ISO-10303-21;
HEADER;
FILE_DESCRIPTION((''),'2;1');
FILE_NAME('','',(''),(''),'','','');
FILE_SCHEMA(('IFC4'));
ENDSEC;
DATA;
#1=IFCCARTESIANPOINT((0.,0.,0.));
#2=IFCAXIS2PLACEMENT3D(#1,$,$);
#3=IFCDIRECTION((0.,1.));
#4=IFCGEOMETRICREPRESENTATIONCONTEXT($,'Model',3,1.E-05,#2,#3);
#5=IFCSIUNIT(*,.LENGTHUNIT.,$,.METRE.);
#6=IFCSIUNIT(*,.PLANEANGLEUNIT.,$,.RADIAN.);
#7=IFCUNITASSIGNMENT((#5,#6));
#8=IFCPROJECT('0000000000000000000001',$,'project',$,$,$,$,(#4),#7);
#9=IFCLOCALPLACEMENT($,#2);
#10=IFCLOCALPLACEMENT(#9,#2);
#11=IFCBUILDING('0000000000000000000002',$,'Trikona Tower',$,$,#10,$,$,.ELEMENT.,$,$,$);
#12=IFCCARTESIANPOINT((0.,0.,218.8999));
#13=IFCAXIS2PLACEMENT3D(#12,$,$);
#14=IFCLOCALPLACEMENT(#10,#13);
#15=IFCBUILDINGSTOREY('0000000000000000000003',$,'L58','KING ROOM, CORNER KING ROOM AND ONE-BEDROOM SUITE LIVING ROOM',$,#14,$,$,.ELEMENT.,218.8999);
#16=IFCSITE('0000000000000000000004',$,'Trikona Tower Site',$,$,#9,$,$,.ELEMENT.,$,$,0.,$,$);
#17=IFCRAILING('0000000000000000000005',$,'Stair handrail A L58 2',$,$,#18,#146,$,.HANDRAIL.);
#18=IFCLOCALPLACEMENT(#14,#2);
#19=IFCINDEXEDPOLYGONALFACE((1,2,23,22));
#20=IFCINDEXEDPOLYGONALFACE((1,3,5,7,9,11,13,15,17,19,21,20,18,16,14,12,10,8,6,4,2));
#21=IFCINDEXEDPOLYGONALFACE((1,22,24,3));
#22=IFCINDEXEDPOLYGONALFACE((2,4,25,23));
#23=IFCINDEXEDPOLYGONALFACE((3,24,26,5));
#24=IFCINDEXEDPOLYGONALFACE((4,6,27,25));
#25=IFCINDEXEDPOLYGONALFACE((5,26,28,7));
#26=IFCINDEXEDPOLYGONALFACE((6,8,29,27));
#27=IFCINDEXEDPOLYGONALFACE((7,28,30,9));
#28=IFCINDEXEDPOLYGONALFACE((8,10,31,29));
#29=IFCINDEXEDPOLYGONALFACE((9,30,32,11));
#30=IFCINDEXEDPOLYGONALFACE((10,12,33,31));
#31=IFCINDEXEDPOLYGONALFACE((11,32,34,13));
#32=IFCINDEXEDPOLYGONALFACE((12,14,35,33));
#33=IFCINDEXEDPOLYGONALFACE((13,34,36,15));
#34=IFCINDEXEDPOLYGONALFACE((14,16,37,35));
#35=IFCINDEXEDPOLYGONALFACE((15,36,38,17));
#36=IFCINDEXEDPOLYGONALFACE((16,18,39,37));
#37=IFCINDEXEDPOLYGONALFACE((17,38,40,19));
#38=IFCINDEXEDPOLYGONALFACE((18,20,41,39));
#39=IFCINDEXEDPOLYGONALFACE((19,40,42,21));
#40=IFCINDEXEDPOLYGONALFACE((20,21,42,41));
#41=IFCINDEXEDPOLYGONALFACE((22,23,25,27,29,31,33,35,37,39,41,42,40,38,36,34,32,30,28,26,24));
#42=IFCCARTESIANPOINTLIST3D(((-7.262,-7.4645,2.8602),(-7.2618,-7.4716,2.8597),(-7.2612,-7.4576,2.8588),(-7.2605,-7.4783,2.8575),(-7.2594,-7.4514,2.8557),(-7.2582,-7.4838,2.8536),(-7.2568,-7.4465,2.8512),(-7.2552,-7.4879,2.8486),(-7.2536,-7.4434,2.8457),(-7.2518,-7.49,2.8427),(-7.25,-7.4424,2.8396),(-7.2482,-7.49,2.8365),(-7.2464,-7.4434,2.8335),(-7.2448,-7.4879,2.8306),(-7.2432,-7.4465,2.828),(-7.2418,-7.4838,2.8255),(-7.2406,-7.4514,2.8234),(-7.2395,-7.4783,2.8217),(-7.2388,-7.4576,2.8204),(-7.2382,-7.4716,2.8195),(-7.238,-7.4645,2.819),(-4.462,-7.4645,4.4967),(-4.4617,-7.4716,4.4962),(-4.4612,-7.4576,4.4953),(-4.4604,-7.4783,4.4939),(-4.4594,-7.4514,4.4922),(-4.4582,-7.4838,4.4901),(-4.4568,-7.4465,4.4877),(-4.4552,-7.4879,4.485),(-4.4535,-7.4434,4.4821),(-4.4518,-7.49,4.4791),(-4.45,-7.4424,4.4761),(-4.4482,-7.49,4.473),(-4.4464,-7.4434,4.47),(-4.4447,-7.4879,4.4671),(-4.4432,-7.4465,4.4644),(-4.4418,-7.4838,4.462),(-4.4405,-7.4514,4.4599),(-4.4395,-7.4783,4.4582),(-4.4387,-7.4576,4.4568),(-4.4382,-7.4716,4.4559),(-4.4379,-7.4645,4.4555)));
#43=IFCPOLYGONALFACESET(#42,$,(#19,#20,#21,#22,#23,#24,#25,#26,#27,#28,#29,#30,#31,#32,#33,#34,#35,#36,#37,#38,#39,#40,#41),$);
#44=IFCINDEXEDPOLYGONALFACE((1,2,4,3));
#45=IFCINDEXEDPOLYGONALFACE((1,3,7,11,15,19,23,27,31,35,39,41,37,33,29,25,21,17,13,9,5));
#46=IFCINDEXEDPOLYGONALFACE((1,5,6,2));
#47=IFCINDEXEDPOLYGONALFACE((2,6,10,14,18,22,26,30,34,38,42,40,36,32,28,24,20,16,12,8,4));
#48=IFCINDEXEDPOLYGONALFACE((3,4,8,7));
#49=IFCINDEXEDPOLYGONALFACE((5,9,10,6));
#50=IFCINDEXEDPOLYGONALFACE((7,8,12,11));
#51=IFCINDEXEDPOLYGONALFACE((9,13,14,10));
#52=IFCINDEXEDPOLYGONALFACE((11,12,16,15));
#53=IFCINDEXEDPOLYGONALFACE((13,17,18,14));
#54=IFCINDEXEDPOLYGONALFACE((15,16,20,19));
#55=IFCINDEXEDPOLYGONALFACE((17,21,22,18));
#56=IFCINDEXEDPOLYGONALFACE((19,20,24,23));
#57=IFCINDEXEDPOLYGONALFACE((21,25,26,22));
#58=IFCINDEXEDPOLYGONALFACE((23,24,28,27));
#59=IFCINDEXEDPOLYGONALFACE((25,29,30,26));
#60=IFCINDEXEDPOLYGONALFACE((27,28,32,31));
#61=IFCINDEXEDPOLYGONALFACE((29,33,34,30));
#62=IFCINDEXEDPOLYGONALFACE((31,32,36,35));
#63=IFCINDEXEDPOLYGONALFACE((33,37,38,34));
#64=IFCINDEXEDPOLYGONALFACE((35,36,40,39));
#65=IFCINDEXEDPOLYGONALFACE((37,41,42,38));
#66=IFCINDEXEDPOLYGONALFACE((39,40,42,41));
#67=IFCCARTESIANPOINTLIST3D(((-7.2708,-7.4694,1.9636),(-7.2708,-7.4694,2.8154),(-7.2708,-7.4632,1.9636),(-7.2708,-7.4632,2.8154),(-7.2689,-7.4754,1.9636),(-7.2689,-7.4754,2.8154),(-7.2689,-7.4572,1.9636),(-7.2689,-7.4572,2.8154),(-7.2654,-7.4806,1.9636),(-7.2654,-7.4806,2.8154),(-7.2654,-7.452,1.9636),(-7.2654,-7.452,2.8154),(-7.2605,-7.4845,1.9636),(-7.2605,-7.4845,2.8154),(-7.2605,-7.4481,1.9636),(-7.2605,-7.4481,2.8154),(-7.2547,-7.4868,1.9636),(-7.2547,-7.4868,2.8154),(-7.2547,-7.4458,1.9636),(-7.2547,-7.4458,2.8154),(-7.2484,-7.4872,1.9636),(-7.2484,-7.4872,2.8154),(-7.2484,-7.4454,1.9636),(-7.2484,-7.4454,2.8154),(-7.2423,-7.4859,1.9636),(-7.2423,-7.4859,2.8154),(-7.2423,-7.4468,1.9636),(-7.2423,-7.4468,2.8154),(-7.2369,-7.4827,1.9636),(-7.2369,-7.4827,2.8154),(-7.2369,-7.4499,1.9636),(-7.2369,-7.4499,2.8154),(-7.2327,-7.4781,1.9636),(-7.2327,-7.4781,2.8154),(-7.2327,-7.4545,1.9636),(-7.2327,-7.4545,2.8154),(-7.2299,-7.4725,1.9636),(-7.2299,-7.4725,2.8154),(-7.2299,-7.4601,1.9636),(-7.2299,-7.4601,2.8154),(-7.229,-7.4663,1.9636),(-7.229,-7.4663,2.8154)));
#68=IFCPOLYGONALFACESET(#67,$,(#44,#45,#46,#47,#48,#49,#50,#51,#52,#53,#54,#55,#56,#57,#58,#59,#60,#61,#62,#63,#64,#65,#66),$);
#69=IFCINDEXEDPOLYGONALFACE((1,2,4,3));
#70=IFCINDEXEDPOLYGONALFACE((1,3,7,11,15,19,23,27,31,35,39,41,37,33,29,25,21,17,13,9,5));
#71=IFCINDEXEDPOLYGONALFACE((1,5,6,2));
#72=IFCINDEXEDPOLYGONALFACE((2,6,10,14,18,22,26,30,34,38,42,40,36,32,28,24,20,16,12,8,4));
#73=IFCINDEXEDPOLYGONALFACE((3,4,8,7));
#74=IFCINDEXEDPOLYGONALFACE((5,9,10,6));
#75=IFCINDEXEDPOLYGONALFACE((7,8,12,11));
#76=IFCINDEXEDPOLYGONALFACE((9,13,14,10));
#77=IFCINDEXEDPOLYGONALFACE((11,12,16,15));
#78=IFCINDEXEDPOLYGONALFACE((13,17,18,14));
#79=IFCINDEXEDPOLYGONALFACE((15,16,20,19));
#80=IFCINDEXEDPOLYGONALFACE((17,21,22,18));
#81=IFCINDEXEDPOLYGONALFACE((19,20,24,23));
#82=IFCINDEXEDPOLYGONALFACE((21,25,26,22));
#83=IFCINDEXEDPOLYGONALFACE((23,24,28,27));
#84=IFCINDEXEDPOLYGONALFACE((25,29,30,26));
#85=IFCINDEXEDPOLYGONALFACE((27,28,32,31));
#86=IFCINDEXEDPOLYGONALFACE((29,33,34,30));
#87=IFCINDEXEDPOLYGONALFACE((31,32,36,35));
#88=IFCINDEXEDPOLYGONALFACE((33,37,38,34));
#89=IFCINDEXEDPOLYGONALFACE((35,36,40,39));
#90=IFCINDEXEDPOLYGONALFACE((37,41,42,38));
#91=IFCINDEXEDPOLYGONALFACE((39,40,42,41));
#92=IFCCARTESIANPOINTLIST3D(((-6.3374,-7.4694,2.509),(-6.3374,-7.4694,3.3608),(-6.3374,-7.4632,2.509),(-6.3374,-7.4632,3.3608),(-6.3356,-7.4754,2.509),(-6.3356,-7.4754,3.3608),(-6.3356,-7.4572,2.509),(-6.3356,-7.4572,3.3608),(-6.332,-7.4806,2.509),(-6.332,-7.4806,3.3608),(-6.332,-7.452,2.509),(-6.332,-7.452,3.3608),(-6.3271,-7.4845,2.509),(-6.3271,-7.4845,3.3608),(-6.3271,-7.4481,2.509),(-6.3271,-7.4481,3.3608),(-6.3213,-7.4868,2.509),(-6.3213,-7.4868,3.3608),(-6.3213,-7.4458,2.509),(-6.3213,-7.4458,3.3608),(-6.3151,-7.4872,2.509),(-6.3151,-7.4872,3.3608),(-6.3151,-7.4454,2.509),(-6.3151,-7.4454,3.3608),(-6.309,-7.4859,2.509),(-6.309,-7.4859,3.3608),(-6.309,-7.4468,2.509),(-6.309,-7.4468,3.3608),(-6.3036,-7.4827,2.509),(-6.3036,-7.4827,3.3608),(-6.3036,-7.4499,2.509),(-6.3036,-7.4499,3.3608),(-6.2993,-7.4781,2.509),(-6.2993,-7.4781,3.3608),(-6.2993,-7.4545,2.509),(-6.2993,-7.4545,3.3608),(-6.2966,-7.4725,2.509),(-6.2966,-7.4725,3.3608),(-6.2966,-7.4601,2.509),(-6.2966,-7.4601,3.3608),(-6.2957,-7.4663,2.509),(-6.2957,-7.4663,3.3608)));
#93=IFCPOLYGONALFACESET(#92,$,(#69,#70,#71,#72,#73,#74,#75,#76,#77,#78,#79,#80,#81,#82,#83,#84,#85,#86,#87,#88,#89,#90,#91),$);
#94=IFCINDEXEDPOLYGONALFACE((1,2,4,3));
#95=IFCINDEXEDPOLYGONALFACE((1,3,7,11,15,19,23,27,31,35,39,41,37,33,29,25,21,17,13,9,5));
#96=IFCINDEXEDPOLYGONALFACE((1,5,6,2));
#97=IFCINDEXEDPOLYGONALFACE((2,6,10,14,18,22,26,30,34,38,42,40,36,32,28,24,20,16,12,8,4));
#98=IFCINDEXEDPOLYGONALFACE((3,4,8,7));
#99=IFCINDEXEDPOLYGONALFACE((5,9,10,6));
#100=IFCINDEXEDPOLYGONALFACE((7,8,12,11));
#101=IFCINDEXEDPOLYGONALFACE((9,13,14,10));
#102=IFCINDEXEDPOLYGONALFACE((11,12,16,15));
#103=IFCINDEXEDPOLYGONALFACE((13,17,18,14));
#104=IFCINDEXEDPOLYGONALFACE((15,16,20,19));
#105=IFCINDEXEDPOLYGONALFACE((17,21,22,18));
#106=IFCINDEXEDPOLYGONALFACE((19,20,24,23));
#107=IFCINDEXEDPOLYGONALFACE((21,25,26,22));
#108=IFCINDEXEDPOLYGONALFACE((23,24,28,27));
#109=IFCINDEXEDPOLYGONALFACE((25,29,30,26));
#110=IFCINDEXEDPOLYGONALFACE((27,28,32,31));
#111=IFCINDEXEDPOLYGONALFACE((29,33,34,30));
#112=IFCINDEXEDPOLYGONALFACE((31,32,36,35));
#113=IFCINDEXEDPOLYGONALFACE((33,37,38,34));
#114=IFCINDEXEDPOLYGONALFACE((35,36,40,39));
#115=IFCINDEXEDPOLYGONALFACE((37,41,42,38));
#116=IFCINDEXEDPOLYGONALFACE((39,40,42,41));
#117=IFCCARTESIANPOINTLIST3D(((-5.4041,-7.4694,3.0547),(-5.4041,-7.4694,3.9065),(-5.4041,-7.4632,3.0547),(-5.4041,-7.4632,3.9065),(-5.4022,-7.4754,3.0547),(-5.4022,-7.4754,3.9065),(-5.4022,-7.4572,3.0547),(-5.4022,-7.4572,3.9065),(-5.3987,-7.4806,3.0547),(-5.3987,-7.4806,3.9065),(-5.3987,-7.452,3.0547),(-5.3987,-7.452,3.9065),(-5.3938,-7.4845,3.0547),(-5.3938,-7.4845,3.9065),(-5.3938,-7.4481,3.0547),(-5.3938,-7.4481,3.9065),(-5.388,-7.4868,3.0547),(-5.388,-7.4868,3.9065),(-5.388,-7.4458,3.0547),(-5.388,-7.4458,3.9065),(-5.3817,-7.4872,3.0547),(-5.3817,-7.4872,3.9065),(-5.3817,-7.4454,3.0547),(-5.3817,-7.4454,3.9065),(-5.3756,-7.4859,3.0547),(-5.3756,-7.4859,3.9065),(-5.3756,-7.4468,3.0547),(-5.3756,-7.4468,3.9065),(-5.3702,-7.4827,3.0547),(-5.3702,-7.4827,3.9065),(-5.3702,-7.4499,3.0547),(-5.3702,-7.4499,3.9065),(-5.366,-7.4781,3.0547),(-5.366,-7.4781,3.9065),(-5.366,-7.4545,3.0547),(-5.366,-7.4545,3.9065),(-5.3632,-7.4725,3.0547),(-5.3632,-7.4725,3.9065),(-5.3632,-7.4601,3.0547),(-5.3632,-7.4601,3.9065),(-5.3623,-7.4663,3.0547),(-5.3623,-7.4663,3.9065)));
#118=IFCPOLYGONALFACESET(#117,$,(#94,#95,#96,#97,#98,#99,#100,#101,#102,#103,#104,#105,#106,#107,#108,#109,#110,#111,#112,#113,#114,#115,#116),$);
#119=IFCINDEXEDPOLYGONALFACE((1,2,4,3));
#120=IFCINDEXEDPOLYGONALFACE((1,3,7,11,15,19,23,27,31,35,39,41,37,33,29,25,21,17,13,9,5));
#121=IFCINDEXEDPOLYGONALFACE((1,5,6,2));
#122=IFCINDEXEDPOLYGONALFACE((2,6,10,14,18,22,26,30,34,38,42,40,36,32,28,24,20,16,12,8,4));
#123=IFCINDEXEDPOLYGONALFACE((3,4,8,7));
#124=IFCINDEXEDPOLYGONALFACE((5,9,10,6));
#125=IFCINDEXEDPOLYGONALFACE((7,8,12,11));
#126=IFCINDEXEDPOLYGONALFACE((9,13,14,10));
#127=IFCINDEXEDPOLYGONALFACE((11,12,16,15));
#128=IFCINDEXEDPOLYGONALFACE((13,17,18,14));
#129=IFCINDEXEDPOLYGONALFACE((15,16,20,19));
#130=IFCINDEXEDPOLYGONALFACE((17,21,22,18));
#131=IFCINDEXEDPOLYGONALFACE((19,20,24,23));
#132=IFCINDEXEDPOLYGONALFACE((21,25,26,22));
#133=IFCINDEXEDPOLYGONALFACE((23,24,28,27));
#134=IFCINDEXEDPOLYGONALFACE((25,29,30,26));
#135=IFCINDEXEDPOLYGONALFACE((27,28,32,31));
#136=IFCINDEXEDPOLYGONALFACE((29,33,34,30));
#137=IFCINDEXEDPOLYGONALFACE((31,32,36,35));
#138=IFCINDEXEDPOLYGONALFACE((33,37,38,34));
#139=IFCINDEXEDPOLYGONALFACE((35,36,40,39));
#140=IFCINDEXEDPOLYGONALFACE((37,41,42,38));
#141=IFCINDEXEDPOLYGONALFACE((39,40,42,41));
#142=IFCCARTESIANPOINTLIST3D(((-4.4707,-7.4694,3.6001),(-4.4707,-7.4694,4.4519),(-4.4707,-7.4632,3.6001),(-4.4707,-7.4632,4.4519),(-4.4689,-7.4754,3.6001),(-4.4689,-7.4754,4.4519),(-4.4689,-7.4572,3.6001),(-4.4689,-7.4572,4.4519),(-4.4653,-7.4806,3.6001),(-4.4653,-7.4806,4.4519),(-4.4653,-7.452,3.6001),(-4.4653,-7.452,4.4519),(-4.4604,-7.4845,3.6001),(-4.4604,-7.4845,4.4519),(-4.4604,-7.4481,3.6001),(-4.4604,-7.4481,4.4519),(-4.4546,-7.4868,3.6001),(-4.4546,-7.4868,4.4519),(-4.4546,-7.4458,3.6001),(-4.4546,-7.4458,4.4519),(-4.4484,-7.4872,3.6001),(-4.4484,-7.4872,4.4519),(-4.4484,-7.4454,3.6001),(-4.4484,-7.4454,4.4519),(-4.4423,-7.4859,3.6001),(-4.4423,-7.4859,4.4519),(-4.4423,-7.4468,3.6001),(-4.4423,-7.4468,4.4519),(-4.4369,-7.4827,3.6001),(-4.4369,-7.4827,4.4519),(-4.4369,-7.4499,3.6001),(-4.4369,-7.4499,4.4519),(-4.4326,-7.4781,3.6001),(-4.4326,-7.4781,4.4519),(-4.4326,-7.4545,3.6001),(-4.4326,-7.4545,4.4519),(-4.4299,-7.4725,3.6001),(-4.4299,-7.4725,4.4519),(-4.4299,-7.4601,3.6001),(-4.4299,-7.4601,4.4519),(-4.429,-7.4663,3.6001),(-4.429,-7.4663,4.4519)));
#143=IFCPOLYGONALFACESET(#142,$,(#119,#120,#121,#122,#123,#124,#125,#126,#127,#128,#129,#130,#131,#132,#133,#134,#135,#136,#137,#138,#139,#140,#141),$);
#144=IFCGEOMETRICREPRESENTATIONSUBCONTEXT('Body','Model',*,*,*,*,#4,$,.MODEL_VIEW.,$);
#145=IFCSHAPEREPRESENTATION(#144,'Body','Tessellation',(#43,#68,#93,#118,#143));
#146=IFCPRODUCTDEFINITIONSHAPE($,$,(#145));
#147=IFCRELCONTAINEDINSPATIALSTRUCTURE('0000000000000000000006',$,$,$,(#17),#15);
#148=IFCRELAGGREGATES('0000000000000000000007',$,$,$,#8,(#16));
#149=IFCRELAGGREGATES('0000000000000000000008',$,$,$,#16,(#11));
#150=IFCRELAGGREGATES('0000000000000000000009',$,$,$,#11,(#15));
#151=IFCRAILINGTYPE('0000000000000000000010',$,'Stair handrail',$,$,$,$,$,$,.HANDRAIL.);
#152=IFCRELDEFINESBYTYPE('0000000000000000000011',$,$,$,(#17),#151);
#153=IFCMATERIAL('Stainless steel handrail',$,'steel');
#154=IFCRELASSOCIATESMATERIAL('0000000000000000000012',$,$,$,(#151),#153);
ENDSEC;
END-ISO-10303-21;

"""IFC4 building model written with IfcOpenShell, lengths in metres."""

from ifc_helpers import new_model, si_unit, direction, frame, origin, origin_2d, place, context, subcontext, project, spatial, circle, extrude, material, type_object, element, save


model = new_model("IFC4")

# Units and contexts
model_context = context("Model", 3, precision=1e-05, world=origin(), true_north=direction((0.0, 1.0)))
body_context = subcontext(model_context, "Body", "Model", "MODEL_VIEW")
ifc_project = project(units=[si_unit("LENGTHUNIT", "METRE"), si_unit("PLANEANGLEUNIT", "RADIAN")], contexts=[model_context])

# Site, building, storey
site_placement = place(None, origin())
site = spatial("IfcSite", under=ifc_project, at=site_placement, Name="Trikona Tower Site", CompositionType="ELEMENT", RefElevation=0.0)
building_placement = place(site_placement, origin())
building = spatial("IfcBuilding", under=site, at=building_placement, Name="Trikona Tower", CompositionType="ELEMENT")
storey_placement = place(building_placement, frame((0.0, 0.0, 218.8999)))
storey = spatial("IfcBuildingStorey", under=building, at=storey_placement, Name="L58", Description="KING ROOM, CORNER KING ROOM AND ONE-BEDROOM SUITE LIVING ROOM", CompositionType="ELEMENT", Elevation=218.8999)

# Railing
ifc_material_1 = material(Name="Stainless steel handrail", Category="steel")
railing_type = type_object("IfcRailingType", Name="Stair handrail", PredefinedType="HANDRAIL", material=ifc_material_1)
railing_1_placement = place(storey_placement, frame((-7.25, -7.4663, 1.9636)))
element("IfcRailing", 1, at=railing_1_placement, inside=storey, type_object=railing_type, Name="Stair handrail A L58 2", PredefinedType="HANDRAIL", context=body_context, shape_type="SweptSolid", body=[
    extrude(circle(Radius=0.0239, at=origin_2d()), frame((0.0, 0.0, 0.876), z_axis=(0.863361, 0.0, 0.504587), x_axis=(0.0, 1.0, 0.0)), (0.0, 0.0, 1.0), 3.2432),
    extrude(circle(Radius=0.021, at=origin_2d()), origin(), (0.0, 0.0, 1.0), 0.8518),
    extrude(circle(Radius=0.021, at=origin_2d()), frame((0.9333, 0.0, 0.5454)), (0.0, 0.0, 1.0), 0.8518),
    extrude(circle(Radius=0.021, at=origin_2d()), frame((1.8667, 0.0, 1.0911)), (0.0, 0.0, 1.0), 0.8518),
    extrude(circle(Radius=0.021, at=origin_2d()), frame((2.8, 0.0, 1.6365)), (0.0, 0.0, 1.0), 0.8518),
])

save(model, "model.ifc")
